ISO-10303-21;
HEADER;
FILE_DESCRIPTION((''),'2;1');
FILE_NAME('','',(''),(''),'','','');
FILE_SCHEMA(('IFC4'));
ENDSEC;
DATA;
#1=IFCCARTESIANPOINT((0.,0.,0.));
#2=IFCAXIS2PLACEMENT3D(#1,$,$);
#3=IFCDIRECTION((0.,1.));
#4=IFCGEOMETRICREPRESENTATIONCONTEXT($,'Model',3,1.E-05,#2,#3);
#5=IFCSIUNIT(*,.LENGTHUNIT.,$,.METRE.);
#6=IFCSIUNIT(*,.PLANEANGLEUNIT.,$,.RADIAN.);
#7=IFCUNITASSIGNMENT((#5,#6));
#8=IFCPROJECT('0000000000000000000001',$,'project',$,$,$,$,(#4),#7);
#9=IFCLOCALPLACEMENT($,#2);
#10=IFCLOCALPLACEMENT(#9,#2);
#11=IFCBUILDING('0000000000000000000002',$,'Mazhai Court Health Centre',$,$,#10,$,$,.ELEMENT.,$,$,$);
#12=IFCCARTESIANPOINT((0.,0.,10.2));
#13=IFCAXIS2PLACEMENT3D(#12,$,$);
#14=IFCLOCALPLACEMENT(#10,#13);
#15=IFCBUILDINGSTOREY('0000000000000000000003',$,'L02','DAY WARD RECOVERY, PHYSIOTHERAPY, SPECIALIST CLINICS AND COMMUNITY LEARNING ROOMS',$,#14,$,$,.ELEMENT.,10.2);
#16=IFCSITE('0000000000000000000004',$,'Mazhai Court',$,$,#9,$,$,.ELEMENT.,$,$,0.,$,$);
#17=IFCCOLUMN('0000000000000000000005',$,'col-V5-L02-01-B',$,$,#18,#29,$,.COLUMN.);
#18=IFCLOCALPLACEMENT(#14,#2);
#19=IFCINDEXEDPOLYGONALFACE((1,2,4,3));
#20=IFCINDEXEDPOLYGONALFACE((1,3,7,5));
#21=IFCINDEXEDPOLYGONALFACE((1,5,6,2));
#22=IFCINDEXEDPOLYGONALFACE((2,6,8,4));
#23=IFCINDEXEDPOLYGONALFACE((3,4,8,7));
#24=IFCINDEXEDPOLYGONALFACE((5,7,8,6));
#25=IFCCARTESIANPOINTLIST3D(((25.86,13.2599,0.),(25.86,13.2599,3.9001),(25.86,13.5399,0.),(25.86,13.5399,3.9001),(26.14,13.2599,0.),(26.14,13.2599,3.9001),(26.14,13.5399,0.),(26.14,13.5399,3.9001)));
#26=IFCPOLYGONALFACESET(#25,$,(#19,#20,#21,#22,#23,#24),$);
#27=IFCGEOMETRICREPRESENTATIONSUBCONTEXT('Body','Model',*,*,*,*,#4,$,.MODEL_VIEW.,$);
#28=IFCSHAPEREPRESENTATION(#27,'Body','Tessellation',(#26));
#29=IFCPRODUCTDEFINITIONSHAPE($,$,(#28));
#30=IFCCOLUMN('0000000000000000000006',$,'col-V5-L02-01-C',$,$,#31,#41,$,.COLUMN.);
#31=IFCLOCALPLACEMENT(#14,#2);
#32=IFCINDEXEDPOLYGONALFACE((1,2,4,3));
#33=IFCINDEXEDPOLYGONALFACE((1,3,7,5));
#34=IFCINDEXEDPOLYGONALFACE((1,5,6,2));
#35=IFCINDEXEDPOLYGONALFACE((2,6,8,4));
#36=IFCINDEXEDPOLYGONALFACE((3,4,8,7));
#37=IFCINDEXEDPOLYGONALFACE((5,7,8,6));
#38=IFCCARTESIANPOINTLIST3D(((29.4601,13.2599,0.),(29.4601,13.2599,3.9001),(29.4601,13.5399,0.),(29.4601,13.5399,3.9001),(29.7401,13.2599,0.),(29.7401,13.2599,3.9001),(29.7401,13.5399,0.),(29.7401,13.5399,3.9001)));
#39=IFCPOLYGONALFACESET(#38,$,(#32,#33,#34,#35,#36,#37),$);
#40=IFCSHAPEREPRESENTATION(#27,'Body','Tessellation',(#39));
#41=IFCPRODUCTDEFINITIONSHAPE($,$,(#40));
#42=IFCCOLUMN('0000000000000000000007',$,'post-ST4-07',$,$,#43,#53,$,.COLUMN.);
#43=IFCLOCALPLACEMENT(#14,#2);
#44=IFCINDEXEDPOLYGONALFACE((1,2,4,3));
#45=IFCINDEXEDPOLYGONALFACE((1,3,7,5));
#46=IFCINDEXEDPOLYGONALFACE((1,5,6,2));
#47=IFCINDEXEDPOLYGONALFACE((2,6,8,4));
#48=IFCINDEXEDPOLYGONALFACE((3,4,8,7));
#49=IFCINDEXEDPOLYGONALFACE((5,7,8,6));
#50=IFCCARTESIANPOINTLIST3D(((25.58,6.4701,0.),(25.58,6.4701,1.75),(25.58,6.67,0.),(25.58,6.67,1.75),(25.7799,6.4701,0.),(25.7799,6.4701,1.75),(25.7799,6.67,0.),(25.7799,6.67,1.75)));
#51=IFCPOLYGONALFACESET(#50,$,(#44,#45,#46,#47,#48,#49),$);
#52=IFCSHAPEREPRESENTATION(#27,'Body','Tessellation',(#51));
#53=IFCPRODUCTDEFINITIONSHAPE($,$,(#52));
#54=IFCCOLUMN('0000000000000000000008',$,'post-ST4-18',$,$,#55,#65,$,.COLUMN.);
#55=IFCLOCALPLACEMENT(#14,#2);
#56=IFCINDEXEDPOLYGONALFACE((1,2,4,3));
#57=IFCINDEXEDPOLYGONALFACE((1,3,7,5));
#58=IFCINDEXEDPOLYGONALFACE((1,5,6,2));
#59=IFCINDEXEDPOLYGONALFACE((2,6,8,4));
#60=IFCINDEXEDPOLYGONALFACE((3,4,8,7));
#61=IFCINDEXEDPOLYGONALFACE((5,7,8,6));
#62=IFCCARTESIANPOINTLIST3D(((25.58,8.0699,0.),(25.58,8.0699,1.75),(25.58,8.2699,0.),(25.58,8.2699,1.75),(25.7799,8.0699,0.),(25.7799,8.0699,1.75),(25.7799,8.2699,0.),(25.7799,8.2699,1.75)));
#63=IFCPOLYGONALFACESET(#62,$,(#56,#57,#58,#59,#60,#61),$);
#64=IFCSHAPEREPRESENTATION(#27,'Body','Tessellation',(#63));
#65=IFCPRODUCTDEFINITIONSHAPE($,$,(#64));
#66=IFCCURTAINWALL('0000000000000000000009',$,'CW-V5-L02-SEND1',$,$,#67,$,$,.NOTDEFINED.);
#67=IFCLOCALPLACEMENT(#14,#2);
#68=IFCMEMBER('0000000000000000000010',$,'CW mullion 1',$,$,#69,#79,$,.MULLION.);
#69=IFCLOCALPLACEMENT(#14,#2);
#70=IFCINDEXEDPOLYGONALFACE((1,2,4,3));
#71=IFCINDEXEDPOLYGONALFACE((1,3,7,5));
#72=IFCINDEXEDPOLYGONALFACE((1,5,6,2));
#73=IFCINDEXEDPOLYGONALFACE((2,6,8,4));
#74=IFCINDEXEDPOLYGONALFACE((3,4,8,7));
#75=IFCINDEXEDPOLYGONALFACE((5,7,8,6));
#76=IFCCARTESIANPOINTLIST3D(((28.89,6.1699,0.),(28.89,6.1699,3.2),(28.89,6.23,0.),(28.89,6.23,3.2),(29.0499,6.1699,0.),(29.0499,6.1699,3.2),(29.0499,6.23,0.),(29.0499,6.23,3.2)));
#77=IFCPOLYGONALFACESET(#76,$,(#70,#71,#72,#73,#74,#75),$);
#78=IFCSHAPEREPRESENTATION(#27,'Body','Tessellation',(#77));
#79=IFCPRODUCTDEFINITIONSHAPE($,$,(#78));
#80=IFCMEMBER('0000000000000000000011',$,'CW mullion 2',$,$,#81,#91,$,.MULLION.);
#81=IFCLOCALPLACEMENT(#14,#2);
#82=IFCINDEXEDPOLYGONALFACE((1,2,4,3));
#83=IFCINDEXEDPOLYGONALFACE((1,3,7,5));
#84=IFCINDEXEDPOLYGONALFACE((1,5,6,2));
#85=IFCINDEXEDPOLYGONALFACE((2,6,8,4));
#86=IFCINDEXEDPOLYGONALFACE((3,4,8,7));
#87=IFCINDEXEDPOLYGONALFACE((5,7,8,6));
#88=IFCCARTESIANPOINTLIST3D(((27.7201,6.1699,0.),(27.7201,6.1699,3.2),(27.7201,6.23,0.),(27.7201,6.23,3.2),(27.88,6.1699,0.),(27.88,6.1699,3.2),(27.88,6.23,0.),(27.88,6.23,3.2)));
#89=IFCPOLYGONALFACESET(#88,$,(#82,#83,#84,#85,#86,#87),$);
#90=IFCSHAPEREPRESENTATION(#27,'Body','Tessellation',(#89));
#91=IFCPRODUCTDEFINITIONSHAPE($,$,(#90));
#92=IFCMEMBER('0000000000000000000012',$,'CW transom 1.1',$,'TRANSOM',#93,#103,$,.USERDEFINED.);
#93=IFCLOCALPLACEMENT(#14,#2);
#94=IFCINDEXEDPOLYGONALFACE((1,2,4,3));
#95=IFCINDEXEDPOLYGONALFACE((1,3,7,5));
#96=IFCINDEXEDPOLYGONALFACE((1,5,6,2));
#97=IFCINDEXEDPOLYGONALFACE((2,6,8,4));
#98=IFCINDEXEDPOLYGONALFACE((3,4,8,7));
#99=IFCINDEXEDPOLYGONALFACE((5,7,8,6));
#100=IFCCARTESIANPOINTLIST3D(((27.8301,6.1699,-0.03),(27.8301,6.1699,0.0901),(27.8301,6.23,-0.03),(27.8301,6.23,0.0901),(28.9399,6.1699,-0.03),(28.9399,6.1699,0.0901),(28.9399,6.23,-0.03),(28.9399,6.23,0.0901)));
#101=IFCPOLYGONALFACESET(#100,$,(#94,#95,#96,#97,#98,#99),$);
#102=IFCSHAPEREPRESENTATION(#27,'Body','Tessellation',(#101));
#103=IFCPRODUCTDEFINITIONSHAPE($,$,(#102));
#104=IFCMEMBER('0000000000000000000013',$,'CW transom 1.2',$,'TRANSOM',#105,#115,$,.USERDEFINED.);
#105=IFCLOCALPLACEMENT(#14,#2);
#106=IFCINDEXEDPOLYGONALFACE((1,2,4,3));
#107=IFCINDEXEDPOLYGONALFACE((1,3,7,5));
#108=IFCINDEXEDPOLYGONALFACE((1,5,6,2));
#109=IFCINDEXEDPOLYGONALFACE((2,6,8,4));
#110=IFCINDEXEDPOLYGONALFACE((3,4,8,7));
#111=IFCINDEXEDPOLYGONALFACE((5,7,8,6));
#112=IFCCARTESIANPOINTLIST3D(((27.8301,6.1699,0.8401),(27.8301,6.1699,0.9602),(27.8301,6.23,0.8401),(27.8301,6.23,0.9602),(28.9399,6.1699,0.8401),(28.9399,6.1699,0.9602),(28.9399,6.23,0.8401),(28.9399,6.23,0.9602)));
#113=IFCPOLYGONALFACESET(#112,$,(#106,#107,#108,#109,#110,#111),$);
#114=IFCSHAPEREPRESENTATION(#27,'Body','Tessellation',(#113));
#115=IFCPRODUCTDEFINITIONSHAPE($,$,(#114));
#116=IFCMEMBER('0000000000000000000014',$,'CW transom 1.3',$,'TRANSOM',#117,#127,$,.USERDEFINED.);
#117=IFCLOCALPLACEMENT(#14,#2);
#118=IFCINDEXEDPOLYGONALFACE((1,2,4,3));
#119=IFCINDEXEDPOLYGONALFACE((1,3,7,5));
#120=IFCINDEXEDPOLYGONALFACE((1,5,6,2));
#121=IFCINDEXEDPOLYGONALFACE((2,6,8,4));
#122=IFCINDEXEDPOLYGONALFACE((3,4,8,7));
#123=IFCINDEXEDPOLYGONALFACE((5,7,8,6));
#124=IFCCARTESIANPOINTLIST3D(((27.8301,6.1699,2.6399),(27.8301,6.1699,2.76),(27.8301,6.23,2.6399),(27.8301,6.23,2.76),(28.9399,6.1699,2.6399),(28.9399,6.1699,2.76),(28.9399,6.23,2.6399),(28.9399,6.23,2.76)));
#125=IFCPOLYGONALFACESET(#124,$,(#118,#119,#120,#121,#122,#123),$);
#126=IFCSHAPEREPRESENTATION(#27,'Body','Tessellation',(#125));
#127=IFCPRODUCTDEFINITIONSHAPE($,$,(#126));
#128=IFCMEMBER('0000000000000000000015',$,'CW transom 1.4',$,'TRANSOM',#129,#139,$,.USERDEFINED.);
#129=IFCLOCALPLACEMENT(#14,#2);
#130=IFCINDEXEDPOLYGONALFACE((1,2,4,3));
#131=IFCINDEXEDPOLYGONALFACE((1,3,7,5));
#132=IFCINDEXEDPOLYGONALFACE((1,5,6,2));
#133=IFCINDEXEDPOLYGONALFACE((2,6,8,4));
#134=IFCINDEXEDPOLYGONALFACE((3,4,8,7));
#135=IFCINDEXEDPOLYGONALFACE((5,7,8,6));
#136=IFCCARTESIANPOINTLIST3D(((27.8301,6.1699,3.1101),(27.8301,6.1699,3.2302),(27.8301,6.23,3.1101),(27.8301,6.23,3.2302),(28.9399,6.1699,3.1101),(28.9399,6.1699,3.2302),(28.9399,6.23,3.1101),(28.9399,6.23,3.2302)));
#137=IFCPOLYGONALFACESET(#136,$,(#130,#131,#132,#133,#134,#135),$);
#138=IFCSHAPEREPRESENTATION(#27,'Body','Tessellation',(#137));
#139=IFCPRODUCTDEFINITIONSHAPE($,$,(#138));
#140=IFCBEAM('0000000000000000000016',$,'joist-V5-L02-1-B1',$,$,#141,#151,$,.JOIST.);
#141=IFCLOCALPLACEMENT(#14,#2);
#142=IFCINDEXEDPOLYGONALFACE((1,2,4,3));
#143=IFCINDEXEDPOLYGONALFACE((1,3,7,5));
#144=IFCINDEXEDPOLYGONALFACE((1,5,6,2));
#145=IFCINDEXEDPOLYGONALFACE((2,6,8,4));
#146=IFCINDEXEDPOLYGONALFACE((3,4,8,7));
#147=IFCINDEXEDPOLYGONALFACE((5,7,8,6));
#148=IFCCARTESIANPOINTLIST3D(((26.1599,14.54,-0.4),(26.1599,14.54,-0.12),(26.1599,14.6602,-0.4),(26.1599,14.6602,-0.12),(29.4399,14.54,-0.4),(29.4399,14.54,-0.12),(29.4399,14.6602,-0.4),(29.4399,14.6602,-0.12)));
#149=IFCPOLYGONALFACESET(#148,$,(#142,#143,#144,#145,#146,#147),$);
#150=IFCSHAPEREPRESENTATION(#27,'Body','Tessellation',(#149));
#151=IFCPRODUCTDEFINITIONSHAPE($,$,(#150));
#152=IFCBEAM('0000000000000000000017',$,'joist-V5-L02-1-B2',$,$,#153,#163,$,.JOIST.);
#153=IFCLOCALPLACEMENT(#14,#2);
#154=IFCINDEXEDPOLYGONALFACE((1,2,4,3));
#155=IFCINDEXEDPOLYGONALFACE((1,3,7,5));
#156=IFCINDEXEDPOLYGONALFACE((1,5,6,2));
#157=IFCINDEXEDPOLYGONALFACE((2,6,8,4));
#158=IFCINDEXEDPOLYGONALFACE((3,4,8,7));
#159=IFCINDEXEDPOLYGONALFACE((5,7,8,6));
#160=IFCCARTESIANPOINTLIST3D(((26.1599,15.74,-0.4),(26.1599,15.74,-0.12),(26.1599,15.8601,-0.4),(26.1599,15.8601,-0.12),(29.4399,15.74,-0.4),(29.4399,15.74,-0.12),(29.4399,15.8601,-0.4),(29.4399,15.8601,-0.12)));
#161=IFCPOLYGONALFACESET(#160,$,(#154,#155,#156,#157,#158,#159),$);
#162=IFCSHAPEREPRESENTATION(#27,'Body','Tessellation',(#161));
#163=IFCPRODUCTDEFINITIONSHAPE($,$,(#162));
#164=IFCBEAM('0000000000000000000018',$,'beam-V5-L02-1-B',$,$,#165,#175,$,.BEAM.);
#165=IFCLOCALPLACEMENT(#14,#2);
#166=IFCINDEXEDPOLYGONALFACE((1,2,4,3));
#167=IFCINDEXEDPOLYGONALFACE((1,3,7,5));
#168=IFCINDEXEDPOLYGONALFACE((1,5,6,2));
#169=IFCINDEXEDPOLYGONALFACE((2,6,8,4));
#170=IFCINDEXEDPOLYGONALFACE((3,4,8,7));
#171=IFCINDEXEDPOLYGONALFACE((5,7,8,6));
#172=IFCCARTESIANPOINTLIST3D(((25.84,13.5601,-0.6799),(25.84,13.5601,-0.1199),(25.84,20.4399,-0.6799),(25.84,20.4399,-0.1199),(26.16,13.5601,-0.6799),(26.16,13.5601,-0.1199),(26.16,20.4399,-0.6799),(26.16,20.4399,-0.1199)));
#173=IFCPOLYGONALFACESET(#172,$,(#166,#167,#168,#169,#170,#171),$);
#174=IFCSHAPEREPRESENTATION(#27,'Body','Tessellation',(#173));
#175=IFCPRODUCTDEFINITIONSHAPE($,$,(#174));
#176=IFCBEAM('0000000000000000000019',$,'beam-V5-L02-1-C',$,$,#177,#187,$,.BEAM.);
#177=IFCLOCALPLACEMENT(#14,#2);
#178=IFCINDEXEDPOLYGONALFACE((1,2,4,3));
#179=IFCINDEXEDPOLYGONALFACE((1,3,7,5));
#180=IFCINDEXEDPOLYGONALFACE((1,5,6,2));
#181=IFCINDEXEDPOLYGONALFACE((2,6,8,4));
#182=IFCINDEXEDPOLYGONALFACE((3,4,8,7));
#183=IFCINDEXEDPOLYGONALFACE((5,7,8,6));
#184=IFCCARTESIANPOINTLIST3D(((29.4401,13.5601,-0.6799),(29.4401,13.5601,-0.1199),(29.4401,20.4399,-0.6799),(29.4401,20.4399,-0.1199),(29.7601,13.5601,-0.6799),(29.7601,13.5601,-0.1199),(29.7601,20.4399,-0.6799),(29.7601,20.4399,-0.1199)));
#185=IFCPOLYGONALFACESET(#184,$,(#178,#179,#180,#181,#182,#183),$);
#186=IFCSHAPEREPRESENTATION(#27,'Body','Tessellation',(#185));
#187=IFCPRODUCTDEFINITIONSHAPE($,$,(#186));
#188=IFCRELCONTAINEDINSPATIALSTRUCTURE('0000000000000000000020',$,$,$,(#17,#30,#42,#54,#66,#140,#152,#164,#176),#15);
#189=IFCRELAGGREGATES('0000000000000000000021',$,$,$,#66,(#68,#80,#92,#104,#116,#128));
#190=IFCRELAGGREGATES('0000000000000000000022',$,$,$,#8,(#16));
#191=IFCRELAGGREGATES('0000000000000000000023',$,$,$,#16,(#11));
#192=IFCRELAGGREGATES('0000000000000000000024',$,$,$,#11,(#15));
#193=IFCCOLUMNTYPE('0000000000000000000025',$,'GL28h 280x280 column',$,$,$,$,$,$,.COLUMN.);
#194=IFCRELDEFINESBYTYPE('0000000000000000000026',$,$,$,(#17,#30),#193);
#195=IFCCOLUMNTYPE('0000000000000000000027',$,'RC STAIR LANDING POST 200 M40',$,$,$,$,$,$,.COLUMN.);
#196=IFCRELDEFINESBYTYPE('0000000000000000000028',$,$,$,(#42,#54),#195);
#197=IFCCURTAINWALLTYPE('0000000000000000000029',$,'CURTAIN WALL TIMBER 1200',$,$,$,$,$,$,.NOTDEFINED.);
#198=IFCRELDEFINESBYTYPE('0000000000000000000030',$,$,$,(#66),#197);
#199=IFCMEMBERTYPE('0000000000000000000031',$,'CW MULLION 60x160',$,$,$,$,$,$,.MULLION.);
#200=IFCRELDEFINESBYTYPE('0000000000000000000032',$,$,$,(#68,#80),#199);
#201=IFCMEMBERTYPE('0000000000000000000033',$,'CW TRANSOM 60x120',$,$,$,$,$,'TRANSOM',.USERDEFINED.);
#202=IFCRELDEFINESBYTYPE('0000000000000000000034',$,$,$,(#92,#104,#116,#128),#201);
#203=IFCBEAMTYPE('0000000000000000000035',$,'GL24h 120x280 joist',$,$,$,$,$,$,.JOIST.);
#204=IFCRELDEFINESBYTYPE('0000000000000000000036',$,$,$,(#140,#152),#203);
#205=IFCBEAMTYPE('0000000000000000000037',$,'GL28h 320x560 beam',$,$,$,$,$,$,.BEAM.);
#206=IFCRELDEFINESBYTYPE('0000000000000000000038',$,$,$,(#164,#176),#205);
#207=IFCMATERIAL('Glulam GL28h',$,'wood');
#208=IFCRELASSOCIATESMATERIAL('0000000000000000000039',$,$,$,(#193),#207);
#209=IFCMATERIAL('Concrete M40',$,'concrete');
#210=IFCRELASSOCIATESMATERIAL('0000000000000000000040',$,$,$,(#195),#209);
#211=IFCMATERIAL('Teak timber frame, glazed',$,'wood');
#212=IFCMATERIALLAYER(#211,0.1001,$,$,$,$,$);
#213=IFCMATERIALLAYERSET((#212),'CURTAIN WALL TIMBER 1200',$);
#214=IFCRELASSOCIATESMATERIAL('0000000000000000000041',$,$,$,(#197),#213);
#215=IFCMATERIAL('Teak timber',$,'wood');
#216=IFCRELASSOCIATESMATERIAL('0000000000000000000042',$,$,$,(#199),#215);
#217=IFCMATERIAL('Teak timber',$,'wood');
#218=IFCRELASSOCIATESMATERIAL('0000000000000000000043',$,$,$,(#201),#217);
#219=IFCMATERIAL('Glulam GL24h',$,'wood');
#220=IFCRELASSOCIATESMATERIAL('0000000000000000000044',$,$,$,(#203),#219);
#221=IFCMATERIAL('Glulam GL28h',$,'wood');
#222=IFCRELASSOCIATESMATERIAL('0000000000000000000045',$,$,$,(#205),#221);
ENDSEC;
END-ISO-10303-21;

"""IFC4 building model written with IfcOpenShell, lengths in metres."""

from ifc_helpers import new_model, si_unit, direction, frame, origin, origin_2d, place, context, subcontext, project, spatial, rectangle, extrude, material, layer, layer_set, material_profile, profile_set, type_object, element, aggregate, save


model = new_model("IFC4")

# Units and contexts
model_context = context("Model", 3, precision=1e-05, world=origin(), true_north=direction((0.0, 1.0)))
body_context = subcontext(model_context, "Body", "Model", "MODEL_VIEW")
ifc_project = project(units=[si_unit("LENGTHUNIT", "METRE"), si_unit("PLANEANGLEUNIT", "RADIAN")], contexts=[model_context])

# Site, building, storey
site_placement = place(None, origin())
site = spatial("IfcSite", under=ifc_project, at=site_placement, Name="Mazhai Court", CompositionType="ELEMENT", RefElevation=0.0)
building_placement = place(site_placement, origin())
building = spatial("IfcBuilding", under=site, at=building_placement, Name="Mazhai Court Health Centre", CompositionType="ELEMENT")
storey_placement = place(building_placement, frame((0.0, 0.0, 10.2)))
storey = spatial("IfcBuildingStorey", under=building, at=storey_placement, Name="L02", Description="DAY WARD RECOVERY, PHYSIOTHERAPY, SPECIALIST CLINICS AND COMMUNITY LEARNING ROOMS", CompositionType="ELEMENT", Elevation=10.2)

# Columns
ifc_material_1 = material(Name="Glulam GL28h", Category="wood")
ifc_material_profile_1 = material_profile(ifc_material_1, rectangle(XDim=0.28, YDim=0.28, at=origin_2d()), Name="GL28h 280x280")
ifc_profile_set_1 = profile_set([ifc_material_profile_1], Name="Glulam GL28h")
column_type_1 = type_object("IfcColumnType", Name="GL28h 280x280 column", PredefinedType="COLUMN", material=ifc_profile_set_1)
for number, where, z_axis, x_axis, name in (
    (1, (26.0, 13.3999, 0.0), (0.0, 0.0, 1.0), (1.0, 0.0, 0.0), "col-V5-L02-01-B"),
    (2, (29.6001, 13.3999, 0.0), (0.0, 0.0, 1.0), (1.0, 0.0, 0.0), "col-V5-L02-01-C"),
):
    element("IfcColumn", number, at=place(storey_placement, frame(where, z_axis=z_axis, x_axis=x_axis)), inside=storey, type_object=column_type_1, Name=name, PredefinedType="COLUMN", context=body_context, shape_type="SweptSolid", body=[
        extrude(rectangle(XDim=0.28, YDim=0.28, at=origin_2d()), origin(), (0.0, 0.0, 1.0), 3.9001),
    ])
ifc_material_2 = material(Name="Concrete M40", Category="concrete")
ifc_material_profile_2 = material_profile(ifc_material_2, rectangle(XDim=0.2, YDim=0.2, at=origin_2d()), Name="RC 200x200")
ifc_profile_set_2 = profile_set([ifc_material_profile_2], Name="Concrete M40")
column_type_2 = type_object("IfcColumnType", Name="RC STAIR LANDING POST 200 M40", PredefinedType="COLUMN", material=ifc_profile_set_2)
for number, where, z_axis, x_axis, name in (
    (3, (25.6799, 6.5701, 0.0), (0.0, 0.0, 1.0), (1.0, 0.0, 0.0), "post-ST4-07"),
    (4, (25.6799, 8.1699, 0.0), (0.0, 0.0, 1.0), (1.0, 0.0, 0.0), "post-ST4-18"),
):
    element("IfcColumn", number, at=place(storey_placement, frame(where, z_axis=z_axis, x_axis=x_axis)), inside=storey, type_object=column_type_2, Name=name, PredefinedType="COLUMN", context=body_context, shape_type="SweptSolid", body=[
        extrude(rectangle(XDim=0.2, YDim=0.2, at=origin_2d()), origin(), (0.0, 0.0, 1.0), 1.75),
    ])

# Curtain wall, members
ifc_material_3 = material(Name="Teak timber frame, glazed", Category="wood")
ifc_layer_1 = layer(ifc_material_3, 0.1001)
ifc_layer_set_1 = layer_set([ifc_layer_1], Name="CURTAIN WALL TIMBER 1200")
curtain_wall_type = type_object("IfcCurtainWallType", Name="CURTAIN WALL TIMBER 1200", PredefinedType="NOTDEFINED", material=ifc_layer_set_1)
curtain_wall_placement = place(storey_placement, origin())
curtain_wall = element("IfcCurtainWall", 5, at=curtain_wall_placement, inside=storey, type_object=curtain_wall_type, Name="CW-V5-L02-SEND1", PredefinedType="NOTDEFINED")
ifc_material_4 = material(Name="Teak timber", Category="wood")
ifc_material_profile_3 = material_profile(ifc_material_4, rectangle(XDim=0.0601, YDim=0.1599, at=origin_2d()), Name="CW MULLION 60x160")
ifc_profile_set_3 = profile_set([ifc_material_profile_3], Name="Teak timber")
member_type_1 = type_object("IfcMemberType", Name="CW MULLION 60x160", PredefinedType="MULLION", material=ifc_profile_set_3)
member_1_placement = place(storey_placement, frame((28.97, 6.2, 0.0), z_axis=(0.0, 0.0, 1.0), x_axis=(0.0, -1.0, 0.0)))
member_1 = element("IfcMember", 6, at=member_1_placement, type_object=member_type_1, Name="CW mullion 1", PredefinedType="MULLION", context=body_context, shape_type="SweptSolid", body=[
    extrude(rectangle(XDim=0.0601, YDim=0.1599, at=origin_2d()), origin(), (0.0, 0.0, 1.0), 3.2),
])
member_2_placement = place(storey_placement, frame((27.8, 6.2, 0.0), z_axis=(0.0, 0.0, 1.0), x_axis=(0.0, -1.0, 0.0)))
member_2 = element("IfcMember", 7, at=member_2_placement, type_object=member_type_1, Name="CW mullion 2", PredefinedType="MULLION", context=body_context, shape_type="SweptSolid", body=[
    extrude(rectangle(XDim=0.0601, YDim=0.1599, at=origin_2d()), origin(), (0.0, 0.0, 1.0), 3.2),
])
ifc_material_5 = material(Name="Teak timber", Category="wood")
ifc_material_profile_4 = material_profile(ifc_material_5, rectangle(XDim=0.0601, YDim=0.1201, at=origin_2d()), Name="CW TRANSOM 60x120")
ifc_profile_set_4 = profile_set([ifc_material_profile_4], Name="Teak timber")
member_type_2 = type_object("IfcMemberType", Name="CW TRANSOM 60x120", ElementType="TRANSOM", PredefinedType="USERDEFINED", material=ifc_profile_set_4)
member_3_placement = place(storey_placement, frame((28.9399, 6.2, 0.03), z_axis=(-1.0, 0.0, 0.0), x_axis=(0.0, -1.0, 0.0)))
member_3 = element("IfcMember", 8, at=member_3_placement, type_object=member_type_2, Name="CW transom 1.1", ObjectType="TRANSOM", PredefinedType="USERDEFINED", context=body_context, shape_type="SweptSolid", body=[
    extrude(rectangle(XDim=0.0601, YDim=0.1201, at=origin_2d()), origin(), (0.0, 0.0, 1.0), 1.1099),
])
member_4_placement = place(storey_placement, frame((28.9399, 6.2, 0.9001), z_axis=(-1.0, 0.0, 0.0), x_axis=(0.0, -1.0, 0.0)))
member_4 = element("IfcMember", 9, at=member_4_placement, type_object=member_type_2, Name="CW transom 1.2", ObjectType="TRANSOM", PredefinedType="USERDEFINED", context=body_context, shape_type="SweptSolid", body=[
    extrude(rectangle(XDim=0.0601, YDim=0.1201, at=origin_2d()), origin(), (0.0, 0.0, 1.0), 1.1099),
])
member_5_placement = place(storey_placement, frame((28.9399, 6.2, 2.7), z_axis=(-1.0, 0.0, 0.0), x_axis=(0.0, -1.0, 0.0)))
member_5 = element("IfcMember", 10, at=member_5_placement, type_object=member_type_2, Name="CW transom 1.3", ObjectType="TRANSOM", PredefinedType="USERDEFINED", context=body_context, shape_type="SweptSolid", body=[
    extrude(rectangle(XDim=0.0601, YDim=0.1201, at=origin_2d()), origin(), (0.0, 0.0, 1.0), 1.1099),
])
member_6_placement = place(storey_placement, frame((28.9399, 6.2, 3.1702), z_axis=(-1.0, 0.0, 0.0), x_axis=(0.0, -1.0, 0.0)))
member_6 = element("IfcMember", 11, at=member_6_placement, type_object=member_type_2, Name="CW transom 1.4", ObjectType="TRANSOM", PredefinedType="USERDEFINED", context=body_context, shape_type="SweptSolid", body=[
    extrude(rectangle(XDim=0.0601, YDim=0.1201, at=origin_2d()), origin(), (0.0, 0.0, 1.0), 1.1099),
])

# Beams
ifc_material_6 = material(Name="Glulam GL24h", Category="wood")
ifc_material_profile_5 = material_profile(ifc_material_6, rectangle(XDim=0.1201, YDim=0.28, at=origin_2d()), Name="GL24h 120x280")
ifc_profile_set_5 = profile_set([ifc_material_profile_5], Name="Glulam GL24h")
beam_type_1 = type_object("IfcBeamType", Name="GL24h 120x280 joist", PredefinedType="JOIST", material=ifc_profile_set_5)
for number, where, z_axis, x_axis, name in (
    (12, (26.1599, 14.6001, -0.26), (1.0, 0.0, 0.0), (0.0, 1.0, 0.0), "joist-V5-L02-1-B1"),
    (13, (26.1599, 15.8, -0.26), (1.0, 0.0, 0.0), (0.0, 1.0, 0.0), "joist-V5-L02-1-B2"),
):
    element("IfcBeam", number, at=place(storey_placement, frame(where, z_axis=z_axis, x_axis=x_axis)), inside=storey, type_object=beam_type_1, Name=name, PredefinedType="JOIST", context=body_context, shape_type="SweptSolid", body=[
        extrude(rectangle(XDim=0.1201, YDim=0.28, at=origin_2d()), origin(), (0.0, 0.0, 1.0), 3.28),
    ])
ifc_material_7 = material(Name="Glulam GL28h", Category="wood")
ifc_material_profile_6 = material_profile(ifc_material_7, rectangle(XDim=0.3201, YDim=0.5601, at=origin_2d()), Name="GL28h 320x560")
ifc_profile_set_6 = profile_set([ifc_material_profile_6], Name="Glulam GL28h")
beam_type_2 = type_object("IfcBeamType", Name="GL28h 320x560 beam", PredefinedType="BEAM", material=ifc_profile_set_6)
for number, where, z_axis, x_axis, name in (
    (14, (26.0, 13.5601, -0.3999), (0.0, 1.0, 0.0), (-1.0, 0.0, 0.0), "beam-V5-L02-1-B"),
    (15, (29.6001, 13.5601, -0.3999), (0.0, 1.0, 0.0), (-1.0, 0.0, 0.0), "beam-V5-L02-1-C"),
):
    element("IfcBeam", number, at=place(storey_placement, frame(where, z_axis=z_axis, x_axis=x_axis)), inside=storey, type_object=beam_type_2, Name=name, PredefinedType="BEAM", context=body_context, shape_type="SweptSolid", body=[
        extrude(rectangle(XDim=0.3201, YDim=0.5601, at=origin_2d()), origin(), (0.0, 0.0, 1.0), 6.8799),
    ])

aggregate(curtain_wall, [member_1, member_2, member_3, member_4, member_5, member_6])

save(model, "model.ifc")
